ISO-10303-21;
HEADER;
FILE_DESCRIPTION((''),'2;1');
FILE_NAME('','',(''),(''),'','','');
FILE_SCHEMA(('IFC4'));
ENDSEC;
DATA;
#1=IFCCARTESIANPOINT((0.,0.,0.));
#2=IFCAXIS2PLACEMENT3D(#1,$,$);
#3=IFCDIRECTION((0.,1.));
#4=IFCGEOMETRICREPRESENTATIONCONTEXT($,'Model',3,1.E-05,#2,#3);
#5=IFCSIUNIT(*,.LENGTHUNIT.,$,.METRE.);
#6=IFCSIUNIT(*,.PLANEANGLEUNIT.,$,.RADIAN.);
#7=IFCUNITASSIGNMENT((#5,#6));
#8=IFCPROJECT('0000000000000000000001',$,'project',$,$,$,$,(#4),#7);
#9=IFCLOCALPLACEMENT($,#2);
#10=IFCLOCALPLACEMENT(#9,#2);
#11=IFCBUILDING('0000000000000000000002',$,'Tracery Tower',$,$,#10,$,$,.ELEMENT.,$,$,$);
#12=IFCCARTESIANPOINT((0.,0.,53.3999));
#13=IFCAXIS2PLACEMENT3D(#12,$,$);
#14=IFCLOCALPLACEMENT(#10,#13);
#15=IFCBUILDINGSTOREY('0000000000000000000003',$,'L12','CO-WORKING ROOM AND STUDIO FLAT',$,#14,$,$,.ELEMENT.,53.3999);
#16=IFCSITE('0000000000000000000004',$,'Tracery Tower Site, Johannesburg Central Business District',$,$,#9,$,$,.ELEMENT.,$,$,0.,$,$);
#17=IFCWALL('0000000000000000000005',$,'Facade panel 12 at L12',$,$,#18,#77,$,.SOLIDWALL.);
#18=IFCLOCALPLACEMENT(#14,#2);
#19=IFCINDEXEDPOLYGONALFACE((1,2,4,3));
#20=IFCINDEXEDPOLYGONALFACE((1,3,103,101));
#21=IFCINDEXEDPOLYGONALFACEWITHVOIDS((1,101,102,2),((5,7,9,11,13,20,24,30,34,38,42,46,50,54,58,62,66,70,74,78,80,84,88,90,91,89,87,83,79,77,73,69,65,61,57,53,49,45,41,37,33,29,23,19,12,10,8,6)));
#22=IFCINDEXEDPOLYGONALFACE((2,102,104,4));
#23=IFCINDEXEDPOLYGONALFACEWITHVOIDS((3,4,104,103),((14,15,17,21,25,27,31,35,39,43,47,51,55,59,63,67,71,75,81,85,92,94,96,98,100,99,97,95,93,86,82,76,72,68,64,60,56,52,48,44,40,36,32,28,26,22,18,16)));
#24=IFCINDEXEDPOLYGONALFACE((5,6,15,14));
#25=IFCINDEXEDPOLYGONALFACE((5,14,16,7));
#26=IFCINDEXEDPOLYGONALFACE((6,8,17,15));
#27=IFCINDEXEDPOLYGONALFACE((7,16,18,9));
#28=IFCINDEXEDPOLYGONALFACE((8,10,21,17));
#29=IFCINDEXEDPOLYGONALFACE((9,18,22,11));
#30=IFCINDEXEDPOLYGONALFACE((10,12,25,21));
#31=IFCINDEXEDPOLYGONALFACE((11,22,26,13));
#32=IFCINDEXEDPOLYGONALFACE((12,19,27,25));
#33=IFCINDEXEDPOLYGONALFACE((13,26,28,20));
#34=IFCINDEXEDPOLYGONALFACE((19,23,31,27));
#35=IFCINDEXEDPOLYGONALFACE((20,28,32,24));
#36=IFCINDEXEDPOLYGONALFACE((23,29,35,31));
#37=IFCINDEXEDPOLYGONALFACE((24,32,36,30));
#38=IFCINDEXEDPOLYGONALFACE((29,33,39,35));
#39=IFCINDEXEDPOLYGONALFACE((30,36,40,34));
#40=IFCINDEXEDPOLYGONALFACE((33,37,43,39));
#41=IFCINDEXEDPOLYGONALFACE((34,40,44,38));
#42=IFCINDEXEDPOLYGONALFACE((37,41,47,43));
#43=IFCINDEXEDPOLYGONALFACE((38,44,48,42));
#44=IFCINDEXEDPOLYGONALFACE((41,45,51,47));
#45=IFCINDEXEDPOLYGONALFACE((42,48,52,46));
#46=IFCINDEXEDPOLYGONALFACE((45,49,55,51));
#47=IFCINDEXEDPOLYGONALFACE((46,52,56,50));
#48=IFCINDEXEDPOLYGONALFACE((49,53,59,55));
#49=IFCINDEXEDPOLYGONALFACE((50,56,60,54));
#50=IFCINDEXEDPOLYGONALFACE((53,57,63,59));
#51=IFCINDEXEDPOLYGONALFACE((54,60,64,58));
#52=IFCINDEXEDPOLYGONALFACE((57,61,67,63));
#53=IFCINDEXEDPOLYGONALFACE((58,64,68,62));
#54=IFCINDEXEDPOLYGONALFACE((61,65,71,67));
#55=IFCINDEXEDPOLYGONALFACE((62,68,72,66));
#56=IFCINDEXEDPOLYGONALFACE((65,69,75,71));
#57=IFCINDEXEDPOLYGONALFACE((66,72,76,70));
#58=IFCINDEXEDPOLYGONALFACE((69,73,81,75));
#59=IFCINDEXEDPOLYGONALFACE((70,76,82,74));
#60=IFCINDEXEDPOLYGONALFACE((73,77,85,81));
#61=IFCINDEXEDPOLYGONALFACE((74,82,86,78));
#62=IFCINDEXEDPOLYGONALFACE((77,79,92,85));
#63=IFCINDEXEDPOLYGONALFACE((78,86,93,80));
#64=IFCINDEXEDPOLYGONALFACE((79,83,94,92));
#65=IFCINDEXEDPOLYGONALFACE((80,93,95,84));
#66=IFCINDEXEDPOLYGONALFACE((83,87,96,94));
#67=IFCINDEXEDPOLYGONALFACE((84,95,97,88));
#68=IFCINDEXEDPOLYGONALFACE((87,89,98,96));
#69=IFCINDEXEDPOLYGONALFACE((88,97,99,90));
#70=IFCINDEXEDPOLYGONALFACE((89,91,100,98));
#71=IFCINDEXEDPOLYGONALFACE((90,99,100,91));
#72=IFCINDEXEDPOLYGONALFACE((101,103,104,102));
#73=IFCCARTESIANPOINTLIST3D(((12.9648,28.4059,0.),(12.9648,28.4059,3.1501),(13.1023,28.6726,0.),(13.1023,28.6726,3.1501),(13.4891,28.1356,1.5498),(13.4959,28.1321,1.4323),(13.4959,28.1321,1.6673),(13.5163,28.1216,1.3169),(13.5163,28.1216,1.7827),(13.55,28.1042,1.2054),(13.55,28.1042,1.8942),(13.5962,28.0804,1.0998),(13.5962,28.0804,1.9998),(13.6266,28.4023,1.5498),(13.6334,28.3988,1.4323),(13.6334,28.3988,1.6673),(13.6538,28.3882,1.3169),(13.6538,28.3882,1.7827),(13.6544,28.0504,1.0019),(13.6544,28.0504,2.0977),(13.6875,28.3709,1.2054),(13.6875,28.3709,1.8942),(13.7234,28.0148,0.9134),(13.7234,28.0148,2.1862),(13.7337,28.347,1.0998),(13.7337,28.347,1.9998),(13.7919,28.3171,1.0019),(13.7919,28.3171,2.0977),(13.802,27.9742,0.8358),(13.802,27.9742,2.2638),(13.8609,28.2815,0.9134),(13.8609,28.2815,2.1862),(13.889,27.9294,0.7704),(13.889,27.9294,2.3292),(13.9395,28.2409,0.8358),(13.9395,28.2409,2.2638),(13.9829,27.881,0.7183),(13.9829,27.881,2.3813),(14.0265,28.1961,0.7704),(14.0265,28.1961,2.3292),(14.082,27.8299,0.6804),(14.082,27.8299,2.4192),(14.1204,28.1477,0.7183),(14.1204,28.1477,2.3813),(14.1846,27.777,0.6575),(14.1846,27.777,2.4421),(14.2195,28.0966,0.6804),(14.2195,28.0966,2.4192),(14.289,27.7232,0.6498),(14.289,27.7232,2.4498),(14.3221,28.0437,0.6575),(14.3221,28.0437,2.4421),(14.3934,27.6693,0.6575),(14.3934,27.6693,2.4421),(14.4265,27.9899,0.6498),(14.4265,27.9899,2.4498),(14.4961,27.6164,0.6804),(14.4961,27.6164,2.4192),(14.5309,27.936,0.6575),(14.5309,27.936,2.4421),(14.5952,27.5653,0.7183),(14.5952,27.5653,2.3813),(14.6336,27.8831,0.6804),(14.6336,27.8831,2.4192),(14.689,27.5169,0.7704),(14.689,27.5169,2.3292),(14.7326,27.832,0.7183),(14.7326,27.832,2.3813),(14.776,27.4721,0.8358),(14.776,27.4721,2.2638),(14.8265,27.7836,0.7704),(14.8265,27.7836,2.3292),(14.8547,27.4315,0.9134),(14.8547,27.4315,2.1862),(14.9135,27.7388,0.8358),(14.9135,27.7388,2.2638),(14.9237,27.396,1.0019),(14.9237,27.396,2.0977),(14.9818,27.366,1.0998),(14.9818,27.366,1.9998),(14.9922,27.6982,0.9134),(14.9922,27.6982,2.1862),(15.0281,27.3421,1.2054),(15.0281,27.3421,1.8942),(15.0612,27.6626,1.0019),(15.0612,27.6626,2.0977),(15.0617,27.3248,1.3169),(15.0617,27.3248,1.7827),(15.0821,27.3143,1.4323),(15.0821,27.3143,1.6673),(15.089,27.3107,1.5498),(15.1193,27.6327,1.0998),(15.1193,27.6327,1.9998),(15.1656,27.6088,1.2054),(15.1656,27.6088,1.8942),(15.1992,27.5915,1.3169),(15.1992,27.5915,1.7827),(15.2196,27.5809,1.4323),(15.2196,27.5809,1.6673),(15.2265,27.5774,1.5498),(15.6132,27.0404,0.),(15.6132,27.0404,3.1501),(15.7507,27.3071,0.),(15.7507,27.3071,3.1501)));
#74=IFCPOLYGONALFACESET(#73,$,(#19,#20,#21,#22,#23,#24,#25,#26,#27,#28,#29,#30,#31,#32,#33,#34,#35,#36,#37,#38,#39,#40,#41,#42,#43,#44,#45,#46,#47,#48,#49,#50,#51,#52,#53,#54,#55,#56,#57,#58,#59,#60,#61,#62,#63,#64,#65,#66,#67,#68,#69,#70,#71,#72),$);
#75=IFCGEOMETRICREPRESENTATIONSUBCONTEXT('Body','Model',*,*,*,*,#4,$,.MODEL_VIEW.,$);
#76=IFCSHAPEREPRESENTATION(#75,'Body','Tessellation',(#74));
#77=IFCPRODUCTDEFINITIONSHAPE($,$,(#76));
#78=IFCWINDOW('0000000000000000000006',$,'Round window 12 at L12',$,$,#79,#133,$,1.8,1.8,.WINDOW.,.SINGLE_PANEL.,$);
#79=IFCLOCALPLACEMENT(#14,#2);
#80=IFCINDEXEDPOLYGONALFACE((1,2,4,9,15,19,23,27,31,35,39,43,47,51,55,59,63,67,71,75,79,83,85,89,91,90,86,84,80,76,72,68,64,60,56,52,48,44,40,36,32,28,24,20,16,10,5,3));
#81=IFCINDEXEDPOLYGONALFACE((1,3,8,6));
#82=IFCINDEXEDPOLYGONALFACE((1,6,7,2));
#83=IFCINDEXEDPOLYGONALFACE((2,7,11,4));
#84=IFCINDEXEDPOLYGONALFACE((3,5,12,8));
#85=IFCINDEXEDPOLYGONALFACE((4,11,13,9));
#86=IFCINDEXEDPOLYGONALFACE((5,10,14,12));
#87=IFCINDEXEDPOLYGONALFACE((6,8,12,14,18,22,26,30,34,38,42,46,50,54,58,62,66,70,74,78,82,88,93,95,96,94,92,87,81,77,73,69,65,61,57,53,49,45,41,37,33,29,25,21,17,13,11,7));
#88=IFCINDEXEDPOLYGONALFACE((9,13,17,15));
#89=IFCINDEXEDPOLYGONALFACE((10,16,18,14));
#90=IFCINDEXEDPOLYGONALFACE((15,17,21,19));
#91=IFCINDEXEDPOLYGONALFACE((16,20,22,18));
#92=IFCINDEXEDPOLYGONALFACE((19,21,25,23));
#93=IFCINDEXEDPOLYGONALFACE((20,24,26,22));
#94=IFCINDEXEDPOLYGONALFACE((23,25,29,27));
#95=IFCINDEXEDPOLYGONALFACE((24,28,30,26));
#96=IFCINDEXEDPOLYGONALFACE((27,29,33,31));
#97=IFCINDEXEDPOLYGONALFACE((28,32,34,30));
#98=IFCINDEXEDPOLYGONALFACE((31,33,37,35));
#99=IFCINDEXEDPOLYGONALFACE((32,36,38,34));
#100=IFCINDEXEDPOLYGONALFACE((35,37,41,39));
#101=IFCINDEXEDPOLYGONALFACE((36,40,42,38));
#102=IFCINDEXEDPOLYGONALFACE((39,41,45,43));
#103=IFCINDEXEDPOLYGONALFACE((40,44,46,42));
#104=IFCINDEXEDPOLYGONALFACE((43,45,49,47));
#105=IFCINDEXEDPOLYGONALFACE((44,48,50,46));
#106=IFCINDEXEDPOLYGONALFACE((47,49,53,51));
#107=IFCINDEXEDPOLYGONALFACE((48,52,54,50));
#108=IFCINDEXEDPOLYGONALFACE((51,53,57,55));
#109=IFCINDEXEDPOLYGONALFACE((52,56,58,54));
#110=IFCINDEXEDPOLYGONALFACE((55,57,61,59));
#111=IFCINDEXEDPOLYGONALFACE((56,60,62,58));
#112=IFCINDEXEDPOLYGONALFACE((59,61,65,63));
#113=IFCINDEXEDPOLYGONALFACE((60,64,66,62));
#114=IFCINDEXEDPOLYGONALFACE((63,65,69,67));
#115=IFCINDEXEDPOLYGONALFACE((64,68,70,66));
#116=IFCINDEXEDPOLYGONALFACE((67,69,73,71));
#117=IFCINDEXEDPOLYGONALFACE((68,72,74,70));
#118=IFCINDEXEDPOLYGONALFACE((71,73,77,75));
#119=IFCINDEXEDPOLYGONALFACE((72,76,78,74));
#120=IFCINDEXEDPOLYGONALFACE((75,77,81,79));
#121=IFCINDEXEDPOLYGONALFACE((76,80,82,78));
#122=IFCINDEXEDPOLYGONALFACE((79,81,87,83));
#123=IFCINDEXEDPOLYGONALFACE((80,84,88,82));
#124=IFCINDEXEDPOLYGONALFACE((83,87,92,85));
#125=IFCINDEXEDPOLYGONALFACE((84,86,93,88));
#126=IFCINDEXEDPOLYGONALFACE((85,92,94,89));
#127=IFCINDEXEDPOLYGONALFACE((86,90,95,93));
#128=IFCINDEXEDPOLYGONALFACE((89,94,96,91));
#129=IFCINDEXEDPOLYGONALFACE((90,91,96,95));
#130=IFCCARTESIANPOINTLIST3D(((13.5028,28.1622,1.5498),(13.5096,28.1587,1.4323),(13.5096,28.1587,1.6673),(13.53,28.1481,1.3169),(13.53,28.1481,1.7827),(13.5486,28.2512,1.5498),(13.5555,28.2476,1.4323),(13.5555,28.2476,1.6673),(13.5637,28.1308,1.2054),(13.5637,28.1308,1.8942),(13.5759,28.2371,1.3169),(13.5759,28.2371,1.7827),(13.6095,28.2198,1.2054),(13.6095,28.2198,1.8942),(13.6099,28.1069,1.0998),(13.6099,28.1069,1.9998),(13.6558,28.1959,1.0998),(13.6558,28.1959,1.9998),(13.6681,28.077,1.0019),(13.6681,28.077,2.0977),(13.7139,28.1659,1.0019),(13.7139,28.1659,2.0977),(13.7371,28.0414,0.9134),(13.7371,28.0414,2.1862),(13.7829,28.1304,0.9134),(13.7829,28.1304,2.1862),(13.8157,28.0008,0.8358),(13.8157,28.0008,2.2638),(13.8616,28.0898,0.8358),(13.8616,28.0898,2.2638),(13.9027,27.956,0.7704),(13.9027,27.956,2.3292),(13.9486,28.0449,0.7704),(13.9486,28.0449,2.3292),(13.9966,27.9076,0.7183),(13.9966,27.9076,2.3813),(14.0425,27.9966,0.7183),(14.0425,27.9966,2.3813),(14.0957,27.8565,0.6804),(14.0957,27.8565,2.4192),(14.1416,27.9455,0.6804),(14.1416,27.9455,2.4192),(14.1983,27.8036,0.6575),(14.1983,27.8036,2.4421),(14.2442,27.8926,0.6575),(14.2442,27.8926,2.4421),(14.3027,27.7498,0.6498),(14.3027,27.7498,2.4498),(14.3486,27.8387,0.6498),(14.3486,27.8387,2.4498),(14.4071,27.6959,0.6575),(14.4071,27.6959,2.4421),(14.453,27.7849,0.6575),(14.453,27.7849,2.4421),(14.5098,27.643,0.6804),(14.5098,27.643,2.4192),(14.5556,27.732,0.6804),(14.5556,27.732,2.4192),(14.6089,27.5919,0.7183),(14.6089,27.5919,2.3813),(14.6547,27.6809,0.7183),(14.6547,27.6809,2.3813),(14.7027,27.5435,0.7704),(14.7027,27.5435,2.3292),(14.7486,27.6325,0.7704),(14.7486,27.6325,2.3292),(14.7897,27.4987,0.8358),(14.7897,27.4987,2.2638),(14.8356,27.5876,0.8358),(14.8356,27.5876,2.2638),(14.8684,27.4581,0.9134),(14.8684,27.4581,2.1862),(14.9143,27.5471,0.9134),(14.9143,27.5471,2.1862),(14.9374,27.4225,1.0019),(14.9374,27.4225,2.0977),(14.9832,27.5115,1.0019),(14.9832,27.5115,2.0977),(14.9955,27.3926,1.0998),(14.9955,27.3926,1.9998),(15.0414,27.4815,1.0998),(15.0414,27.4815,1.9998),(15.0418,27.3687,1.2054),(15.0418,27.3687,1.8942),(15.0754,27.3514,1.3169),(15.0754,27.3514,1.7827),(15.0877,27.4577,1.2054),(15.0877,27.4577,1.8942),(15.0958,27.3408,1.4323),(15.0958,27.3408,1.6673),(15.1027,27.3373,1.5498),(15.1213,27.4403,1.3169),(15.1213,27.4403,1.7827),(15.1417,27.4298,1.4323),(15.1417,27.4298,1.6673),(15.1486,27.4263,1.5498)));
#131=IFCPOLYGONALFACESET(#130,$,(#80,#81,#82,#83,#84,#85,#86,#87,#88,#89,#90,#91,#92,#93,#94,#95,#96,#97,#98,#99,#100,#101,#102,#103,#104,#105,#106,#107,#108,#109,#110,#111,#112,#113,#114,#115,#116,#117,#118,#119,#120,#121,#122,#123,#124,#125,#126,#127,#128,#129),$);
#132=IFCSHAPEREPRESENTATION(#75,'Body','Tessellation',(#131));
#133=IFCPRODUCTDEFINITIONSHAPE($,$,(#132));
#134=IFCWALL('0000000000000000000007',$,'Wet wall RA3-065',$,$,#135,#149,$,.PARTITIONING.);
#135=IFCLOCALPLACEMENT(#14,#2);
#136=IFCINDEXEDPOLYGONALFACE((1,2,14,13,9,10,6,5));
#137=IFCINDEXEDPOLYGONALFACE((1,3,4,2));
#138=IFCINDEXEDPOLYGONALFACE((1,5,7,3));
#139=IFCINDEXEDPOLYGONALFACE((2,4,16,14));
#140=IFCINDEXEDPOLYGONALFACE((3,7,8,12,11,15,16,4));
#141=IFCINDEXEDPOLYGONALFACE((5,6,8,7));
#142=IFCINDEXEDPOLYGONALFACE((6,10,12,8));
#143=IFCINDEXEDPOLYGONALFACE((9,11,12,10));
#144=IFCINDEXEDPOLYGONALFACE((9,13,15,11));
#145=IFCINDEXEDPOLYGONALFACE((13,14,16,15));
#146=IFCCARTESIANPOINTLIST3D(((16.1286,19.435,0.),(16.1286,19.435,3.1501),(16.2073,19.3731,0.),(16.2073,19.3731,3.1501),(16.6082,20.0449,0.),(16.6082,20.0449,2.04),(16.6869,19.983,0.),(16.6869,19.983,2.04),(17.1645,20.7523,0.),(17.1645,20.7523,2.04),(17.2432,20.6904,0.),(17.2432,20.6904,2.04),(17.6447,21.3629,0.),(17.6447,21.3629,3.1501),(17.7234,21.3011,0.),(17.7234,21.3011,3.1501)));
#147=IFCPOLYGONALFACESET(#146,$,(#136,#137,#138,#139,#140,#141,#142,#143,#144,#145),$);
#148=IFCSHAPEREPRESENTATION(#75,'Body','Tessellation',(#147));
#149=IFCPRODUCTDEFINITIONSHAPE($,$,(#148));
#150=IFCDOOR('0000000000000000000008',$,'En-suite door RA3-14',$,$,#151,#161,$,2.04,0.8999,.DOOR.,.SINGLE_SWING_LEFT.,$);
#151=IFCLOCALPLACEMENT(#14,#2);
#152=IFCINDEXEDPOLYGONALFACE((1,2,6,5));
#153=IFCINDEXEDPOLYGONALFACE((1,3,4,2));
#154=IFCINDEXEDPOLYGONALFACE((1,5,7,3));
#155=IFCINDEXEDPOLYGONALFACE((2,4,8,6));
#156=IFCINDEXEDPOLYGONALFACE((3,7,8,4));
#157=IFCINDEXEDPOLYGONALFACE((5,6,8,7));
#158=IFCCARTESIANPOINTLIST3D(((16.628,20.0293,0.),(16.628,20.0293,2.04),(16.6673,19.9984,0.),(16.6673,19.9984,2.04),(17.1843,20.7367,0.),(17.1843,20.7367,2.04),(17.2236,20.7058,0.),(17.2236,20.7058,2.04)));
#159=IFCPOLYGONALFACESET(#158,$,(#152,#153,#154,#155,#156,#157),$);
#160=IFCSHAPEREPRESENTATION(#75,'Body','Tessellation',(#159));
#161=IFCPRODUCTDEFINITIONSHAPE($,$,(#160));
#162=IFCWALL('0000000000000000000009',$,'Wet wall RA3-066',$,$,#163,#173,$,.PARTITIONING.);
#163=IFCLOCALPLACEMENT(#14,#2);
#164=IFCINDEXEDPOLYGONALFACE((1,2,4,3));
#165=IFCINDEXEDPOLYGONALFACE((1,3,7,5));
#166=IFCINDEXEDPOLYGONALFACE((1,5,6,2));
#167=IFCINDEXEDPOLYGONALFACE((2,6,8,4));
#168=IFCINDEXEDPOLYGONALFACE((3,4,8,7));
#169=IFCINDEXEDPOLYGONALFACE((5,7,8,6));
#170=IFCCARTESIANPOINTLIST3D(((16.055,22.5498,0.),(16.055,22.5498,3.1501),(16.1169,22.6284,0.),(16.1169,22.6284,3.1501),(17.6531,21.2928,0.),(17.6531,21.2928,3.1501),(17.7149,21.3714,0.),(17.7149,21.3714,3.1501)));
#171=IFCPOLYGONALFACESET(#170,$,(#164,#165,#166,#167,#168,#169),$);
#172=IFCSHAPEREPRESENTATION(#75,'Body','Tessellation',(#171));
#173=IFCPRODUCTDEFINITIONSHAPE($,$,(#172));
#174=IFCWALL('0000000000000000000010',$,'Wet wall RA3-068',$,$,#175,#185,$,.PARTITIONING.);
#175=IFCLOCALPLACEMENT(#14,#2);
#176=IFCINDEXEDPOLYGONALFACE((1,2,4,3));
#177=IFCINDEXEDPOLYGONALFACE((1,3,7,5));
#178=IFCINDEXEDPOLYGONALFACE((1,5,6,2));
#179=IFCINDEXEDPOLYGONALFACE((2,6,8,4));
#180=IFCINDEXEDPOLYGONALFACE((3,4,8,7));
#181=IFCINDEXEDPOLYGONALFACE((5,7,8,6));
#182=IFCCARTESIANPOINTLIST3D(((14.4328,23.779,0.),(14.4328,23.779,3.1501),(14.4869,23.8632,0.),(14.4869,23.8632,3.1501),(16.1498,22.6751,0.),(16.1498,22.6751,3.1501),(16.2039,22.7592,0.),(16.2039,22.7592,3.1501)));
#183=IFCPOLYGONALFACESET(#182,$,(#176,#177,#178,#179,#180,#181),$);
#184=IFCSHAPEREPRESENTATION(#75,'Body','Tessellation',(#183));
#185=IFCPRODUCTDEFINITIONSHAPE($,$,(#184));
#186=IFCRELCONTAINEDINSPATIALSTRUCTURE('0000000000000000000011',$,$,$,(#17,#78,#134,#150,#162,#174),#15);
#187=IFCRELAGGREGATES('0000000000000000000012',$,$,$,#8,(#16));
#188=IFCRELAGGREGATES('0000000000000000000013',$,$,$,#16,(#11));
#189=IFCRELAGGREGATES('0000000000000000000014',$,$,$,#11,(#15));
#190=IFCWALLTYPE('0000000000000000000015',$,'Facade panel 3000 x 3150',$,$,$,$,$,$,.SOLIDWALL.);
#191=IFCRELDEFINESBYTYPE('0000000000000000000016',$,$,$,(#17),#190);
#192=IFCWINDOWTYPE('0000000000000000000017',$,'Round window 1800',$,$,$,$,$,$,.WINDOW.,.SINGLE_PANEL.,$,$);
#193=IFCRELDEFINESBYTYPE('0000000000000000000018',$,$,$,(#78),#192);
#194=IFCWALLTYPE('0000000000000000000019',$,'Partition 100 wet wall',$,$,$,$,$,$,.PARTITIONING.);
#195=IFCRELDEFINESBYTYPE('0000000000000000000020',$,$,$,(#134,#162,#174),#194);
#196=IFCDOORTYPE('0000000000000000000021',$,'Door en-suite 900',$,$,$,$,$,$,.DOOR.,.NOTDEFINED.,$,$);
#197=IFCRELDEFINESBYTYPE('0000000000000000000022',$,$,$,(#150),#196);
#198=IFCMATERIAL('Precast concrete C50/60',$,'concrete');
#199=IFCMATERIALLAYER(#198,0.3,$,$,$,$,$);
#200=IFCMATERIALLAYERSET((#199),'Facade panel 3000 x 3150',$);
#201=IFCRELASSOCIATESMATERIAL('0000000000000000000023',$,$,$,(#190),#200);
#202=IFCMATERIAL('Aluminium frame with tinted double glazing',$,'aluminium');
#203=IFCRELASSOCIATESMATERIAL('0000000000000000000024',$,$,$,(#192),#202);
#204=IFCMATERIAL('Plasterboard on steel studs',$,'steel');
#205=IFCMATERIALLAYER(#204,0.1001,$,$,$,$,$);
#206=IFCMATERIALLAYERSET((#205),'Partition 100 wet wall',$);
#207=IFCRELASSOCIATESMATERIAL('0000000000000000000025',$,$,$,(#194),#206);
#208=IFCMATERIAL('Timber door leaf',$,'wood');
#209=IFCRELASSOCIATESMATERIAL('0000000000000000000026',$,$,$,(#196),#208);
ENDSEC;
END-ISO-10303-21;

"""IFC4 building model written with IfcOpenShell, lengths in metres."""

from ifc_helpers import new_model, si_unit, direction, frame, frame_2d, origin, origin_2d, place, context, subcontext, project, spatial, rectangle, circle, extrude, material, layer, layer_set, type_object, element, fill, save


model = new_model("IFC4")

# Units and contexts
model_context = context("Model", 3, precision=1e-05, world=origin(), true_north=direction((0.0, 1.0)))
body_context = subcontext(model_context, "Body", "Model", "MODEL_VIEW")
ifc_project = project(units=[si_unit("LENGTHUNIT", "METRE"), si_unit("PLANEANGLEUNIT", "RADIAN")], contexts=[model_context])

# Site, building, storey
site_placement = place(None, origin())
site = spatial("IfcSite", under=ifc_project, at=site_placement, Name="Tracery Tower Site, Johannesburg Central Business District", CompositionType="ELEMENT", RefElevation=0.0)
building_placement = place(site_placement, origin())
building = spatial("IfcBuilding", under=site, at=building_placement, Name="Tracery Tower", CompositionType="ELEMENT")
storey_placement = place(building_placement, frame((0.0, 0.0, 53.3999)))
storey = spatial("IfcBuildingStorey", under=building, at=storey_placement, Name="L12", Description="CO-WORKING ROOM AND STUDIO FLAT", CompositionType="ELEMENT", Elevation=53.3999)

# Wall, opening, window
ifc_material_1 = material(Name="Precast concrete C50/60", Category="concrete")
ifc_layer_1 = layer(ifc_material_1, 0.3)
ifc_layer_set_1 = layer_set([ifc_layer_1], Name="Facade panel 3000 x 3150")
wall_type_1 = type_object("IfcWallType", Name="Facade panel 3000 x 3150", PredefinedType="SOLIDWALL", material=ifc_layer_set_1)
wall_1_placement = place(storey_placement, frame((15.6819, 27.1738, 0.0), z_axis=(0.0, 0.0, 1.0), x_axis=(-0.88882, 0.458257, 0.0)))
wall_1 = element("IfcWall", 1, at=wall_1_placement, inside=storey, type_object=wall_type_1, Name="Facade panel 12 at L12", PredefinedType="SOLIDWALL", context=body_context, shape_type="SweptSolid", body=[
    extrude(rectangle(XDim=2.9797, YDim=0.3, at=frame_2d((1.4897, 0.0))), origin(), (0.0, 0.0, 1.0), 3.1501),
])
opening_1_placement = place(wall_1_placement, frame((1.4897, 0.0, 1.5498)))
opening_1 = element("IfcOpeningElement", 2, at=opening_1_placement, cuts=wall_1, PredefinedType="OPENING", context=body_context, shape_type="SweptSolid", body=[
    extrude(circle(Radius=0.9, at=origin_2d()), frame((0.0, 0.1599, 0.0), z_axis=(0.0, -1.0, 0.0), x_axis=(1.0, 0.0, 0.0)), (0.0, 0.0, 1.0), 0.3201),
])
ifc_material_2 = material(Name="Aluminium frame with tinted double glazing", Category="aluminium")
window_type = type_object("IfcWindowType", Name="Round window 1800", PartitioningType="SINGLE_PANEL", PredefinedType="WINDOW", material=ifc_material_2)
window_placement = place(opening_1_placement, origin())
window = element("IfcWindow", 3, at=window_placement, inside=storey, type_object=window_type, Name="Round window 12 at L12", OverallHeight=1.8, OverallWidth=1.8, PartitioningType="SINGLE_PANEL", PredefinedType="WINDOW", context=body_context, shape_type="SweptSolid", body=[
    extrude(circle(Radius=0.9, at=origin_2d()), frame((0.0, 0.1201, 0.0), z_axis=(0.0, -1.0, 0.0), x_axis=(1.0, 0.0, 0.0)), (0.0, 0.0, 1.0), 0.1001),
])
fill(opening_1, window)

# Wall, opening, door
ifc_material_3 = material(Name="Plasterboard on steel studs", Category="steel")
ifc_layer_2 = layer(ifc_material_3, 0.1001)
ifc_layer_set_2 = layer_set([ifc_layer_2], Name="Partition 100 wet wall")
wall_type_2 = type_object("IfcWallType", Name="Partition 100 wet wall", PredefinedType="PARTITIONING", material=ifc_layer_set_2)
wall_2_placement = place(storey_placement, frame((16.168, 19.4041, 0.0), z_axis=(0.0, 0.0, 1.0), x_axis=(0.618142, 0.786066, 0.0)))
wall_2 = element("IfcWall", 4, at=wall_2_placement, inside=storey, type_object=wall_type_2, Name="Wet wall RA3-065", PredefinedType="PARTITIONING", context=body_context, shape_type="SweptSolid", body=[
    extrude(rectangle(XDim=2.4526, YDim=0.1001, at=frame_2d((1.2263, 0.0))), origin(), (0.0, 0.0, 1.0), 3.1501),
])
opening_2_placement = place(wall_2_placement, frame((0.7759, 0.0, 0.0)))
opening_2 = element("IfcOpeningElement", 5, at=opening_2_placement, cuts=wall_2, PredefinedType="OPENING", context=body_context, shape_type="SweptSolid", body=[
    extrude(rectangle(XDim=0.8999, YDim=2.04, at=frame_2d((0.45, 1.02))), frame((0.0, 0.05, 0.0), z_axis=(0.0, -1.0, 0.0), x_axis=(1.0, 0.0, 0.0)), (0.0, 0.0, 1.0), 0.1001),
])
ifc_material_4 = material(Name="Timber door leaf", Category="wood")
door_type_1 = type_object("IfcDoorType", Name="Door en-suite 900", OperationType="NOTDEFINED", PredefinedType="DOOR", material=ifc_material_4)
door_1_placement = place(opening_2_placement, origin())
door_1 = element("IfcDoor", 6, at=door_1_placement, inside=storey, type_object=door_type_1, Name="En-suite door RA3-14", OperationType="SINGLE_SWING_LEFT", OverallHeight=2.04, OverallWidth=0.8999, PredefinedType="DOOR", context=body_context, shape_type="SweptSolid", body=[
    extrude(rectangle(XDim=0.8999, YDim=2.04, at=frame_2d((0.45, 1.02))), frame((0.0, 0.0249, 0.0), z_axis=(0.0, -1.0, 0.0), x_axis=(1.0, 0.0, 0.0)), (0.0, 0.0, 1.0), 0.05),
])
fill(opening_2, door_1)

# Walls
wall_3_placement = place(storey_placement, frame((16.0859, 22.5891, 0.0), z_axis=(0.0, 0.0, 1.0), x_axis=(0.785985, -0.618246, 0.0)))
element("IfcWall", 7, at=wall_3_placement, inside=storey, type_object=wall_type_2, Name="Wet wall RA3-066", PredefinedType="PARTITIONING", context=body_context, shape_type="SweptSolid", body=[
    extrude(rectangle(XDim=2.0332, YDim=0.1001, at=frame_2d((1.0166, 0.0))), origin(), (0.0, 0.0, 1.0), 3.1501),
])
wall_4_placement = place(storey_placement, frame((14.46, 23.821, 0.0), z_axis=(0.0, 0.0, 1.0), x_axis=(0.841136, -0.540824, 0.0)))
element("IfcWall", 8, at=wall_4_placement, inside=storey, type_object=wall_type_2, Name="Wet wall RA3-068", PredefinedType="PARTITIONING", context=body_context, shape_type="SweptSolid", body=[
    extrude(rectangle(XDim=2.0413, YDim=0.1001, at=frame_2d((1.0205, 0.0))), origin(), (0.0, 0.0, 1.0), 3.1501),
])

save(model, "model.ifc")
